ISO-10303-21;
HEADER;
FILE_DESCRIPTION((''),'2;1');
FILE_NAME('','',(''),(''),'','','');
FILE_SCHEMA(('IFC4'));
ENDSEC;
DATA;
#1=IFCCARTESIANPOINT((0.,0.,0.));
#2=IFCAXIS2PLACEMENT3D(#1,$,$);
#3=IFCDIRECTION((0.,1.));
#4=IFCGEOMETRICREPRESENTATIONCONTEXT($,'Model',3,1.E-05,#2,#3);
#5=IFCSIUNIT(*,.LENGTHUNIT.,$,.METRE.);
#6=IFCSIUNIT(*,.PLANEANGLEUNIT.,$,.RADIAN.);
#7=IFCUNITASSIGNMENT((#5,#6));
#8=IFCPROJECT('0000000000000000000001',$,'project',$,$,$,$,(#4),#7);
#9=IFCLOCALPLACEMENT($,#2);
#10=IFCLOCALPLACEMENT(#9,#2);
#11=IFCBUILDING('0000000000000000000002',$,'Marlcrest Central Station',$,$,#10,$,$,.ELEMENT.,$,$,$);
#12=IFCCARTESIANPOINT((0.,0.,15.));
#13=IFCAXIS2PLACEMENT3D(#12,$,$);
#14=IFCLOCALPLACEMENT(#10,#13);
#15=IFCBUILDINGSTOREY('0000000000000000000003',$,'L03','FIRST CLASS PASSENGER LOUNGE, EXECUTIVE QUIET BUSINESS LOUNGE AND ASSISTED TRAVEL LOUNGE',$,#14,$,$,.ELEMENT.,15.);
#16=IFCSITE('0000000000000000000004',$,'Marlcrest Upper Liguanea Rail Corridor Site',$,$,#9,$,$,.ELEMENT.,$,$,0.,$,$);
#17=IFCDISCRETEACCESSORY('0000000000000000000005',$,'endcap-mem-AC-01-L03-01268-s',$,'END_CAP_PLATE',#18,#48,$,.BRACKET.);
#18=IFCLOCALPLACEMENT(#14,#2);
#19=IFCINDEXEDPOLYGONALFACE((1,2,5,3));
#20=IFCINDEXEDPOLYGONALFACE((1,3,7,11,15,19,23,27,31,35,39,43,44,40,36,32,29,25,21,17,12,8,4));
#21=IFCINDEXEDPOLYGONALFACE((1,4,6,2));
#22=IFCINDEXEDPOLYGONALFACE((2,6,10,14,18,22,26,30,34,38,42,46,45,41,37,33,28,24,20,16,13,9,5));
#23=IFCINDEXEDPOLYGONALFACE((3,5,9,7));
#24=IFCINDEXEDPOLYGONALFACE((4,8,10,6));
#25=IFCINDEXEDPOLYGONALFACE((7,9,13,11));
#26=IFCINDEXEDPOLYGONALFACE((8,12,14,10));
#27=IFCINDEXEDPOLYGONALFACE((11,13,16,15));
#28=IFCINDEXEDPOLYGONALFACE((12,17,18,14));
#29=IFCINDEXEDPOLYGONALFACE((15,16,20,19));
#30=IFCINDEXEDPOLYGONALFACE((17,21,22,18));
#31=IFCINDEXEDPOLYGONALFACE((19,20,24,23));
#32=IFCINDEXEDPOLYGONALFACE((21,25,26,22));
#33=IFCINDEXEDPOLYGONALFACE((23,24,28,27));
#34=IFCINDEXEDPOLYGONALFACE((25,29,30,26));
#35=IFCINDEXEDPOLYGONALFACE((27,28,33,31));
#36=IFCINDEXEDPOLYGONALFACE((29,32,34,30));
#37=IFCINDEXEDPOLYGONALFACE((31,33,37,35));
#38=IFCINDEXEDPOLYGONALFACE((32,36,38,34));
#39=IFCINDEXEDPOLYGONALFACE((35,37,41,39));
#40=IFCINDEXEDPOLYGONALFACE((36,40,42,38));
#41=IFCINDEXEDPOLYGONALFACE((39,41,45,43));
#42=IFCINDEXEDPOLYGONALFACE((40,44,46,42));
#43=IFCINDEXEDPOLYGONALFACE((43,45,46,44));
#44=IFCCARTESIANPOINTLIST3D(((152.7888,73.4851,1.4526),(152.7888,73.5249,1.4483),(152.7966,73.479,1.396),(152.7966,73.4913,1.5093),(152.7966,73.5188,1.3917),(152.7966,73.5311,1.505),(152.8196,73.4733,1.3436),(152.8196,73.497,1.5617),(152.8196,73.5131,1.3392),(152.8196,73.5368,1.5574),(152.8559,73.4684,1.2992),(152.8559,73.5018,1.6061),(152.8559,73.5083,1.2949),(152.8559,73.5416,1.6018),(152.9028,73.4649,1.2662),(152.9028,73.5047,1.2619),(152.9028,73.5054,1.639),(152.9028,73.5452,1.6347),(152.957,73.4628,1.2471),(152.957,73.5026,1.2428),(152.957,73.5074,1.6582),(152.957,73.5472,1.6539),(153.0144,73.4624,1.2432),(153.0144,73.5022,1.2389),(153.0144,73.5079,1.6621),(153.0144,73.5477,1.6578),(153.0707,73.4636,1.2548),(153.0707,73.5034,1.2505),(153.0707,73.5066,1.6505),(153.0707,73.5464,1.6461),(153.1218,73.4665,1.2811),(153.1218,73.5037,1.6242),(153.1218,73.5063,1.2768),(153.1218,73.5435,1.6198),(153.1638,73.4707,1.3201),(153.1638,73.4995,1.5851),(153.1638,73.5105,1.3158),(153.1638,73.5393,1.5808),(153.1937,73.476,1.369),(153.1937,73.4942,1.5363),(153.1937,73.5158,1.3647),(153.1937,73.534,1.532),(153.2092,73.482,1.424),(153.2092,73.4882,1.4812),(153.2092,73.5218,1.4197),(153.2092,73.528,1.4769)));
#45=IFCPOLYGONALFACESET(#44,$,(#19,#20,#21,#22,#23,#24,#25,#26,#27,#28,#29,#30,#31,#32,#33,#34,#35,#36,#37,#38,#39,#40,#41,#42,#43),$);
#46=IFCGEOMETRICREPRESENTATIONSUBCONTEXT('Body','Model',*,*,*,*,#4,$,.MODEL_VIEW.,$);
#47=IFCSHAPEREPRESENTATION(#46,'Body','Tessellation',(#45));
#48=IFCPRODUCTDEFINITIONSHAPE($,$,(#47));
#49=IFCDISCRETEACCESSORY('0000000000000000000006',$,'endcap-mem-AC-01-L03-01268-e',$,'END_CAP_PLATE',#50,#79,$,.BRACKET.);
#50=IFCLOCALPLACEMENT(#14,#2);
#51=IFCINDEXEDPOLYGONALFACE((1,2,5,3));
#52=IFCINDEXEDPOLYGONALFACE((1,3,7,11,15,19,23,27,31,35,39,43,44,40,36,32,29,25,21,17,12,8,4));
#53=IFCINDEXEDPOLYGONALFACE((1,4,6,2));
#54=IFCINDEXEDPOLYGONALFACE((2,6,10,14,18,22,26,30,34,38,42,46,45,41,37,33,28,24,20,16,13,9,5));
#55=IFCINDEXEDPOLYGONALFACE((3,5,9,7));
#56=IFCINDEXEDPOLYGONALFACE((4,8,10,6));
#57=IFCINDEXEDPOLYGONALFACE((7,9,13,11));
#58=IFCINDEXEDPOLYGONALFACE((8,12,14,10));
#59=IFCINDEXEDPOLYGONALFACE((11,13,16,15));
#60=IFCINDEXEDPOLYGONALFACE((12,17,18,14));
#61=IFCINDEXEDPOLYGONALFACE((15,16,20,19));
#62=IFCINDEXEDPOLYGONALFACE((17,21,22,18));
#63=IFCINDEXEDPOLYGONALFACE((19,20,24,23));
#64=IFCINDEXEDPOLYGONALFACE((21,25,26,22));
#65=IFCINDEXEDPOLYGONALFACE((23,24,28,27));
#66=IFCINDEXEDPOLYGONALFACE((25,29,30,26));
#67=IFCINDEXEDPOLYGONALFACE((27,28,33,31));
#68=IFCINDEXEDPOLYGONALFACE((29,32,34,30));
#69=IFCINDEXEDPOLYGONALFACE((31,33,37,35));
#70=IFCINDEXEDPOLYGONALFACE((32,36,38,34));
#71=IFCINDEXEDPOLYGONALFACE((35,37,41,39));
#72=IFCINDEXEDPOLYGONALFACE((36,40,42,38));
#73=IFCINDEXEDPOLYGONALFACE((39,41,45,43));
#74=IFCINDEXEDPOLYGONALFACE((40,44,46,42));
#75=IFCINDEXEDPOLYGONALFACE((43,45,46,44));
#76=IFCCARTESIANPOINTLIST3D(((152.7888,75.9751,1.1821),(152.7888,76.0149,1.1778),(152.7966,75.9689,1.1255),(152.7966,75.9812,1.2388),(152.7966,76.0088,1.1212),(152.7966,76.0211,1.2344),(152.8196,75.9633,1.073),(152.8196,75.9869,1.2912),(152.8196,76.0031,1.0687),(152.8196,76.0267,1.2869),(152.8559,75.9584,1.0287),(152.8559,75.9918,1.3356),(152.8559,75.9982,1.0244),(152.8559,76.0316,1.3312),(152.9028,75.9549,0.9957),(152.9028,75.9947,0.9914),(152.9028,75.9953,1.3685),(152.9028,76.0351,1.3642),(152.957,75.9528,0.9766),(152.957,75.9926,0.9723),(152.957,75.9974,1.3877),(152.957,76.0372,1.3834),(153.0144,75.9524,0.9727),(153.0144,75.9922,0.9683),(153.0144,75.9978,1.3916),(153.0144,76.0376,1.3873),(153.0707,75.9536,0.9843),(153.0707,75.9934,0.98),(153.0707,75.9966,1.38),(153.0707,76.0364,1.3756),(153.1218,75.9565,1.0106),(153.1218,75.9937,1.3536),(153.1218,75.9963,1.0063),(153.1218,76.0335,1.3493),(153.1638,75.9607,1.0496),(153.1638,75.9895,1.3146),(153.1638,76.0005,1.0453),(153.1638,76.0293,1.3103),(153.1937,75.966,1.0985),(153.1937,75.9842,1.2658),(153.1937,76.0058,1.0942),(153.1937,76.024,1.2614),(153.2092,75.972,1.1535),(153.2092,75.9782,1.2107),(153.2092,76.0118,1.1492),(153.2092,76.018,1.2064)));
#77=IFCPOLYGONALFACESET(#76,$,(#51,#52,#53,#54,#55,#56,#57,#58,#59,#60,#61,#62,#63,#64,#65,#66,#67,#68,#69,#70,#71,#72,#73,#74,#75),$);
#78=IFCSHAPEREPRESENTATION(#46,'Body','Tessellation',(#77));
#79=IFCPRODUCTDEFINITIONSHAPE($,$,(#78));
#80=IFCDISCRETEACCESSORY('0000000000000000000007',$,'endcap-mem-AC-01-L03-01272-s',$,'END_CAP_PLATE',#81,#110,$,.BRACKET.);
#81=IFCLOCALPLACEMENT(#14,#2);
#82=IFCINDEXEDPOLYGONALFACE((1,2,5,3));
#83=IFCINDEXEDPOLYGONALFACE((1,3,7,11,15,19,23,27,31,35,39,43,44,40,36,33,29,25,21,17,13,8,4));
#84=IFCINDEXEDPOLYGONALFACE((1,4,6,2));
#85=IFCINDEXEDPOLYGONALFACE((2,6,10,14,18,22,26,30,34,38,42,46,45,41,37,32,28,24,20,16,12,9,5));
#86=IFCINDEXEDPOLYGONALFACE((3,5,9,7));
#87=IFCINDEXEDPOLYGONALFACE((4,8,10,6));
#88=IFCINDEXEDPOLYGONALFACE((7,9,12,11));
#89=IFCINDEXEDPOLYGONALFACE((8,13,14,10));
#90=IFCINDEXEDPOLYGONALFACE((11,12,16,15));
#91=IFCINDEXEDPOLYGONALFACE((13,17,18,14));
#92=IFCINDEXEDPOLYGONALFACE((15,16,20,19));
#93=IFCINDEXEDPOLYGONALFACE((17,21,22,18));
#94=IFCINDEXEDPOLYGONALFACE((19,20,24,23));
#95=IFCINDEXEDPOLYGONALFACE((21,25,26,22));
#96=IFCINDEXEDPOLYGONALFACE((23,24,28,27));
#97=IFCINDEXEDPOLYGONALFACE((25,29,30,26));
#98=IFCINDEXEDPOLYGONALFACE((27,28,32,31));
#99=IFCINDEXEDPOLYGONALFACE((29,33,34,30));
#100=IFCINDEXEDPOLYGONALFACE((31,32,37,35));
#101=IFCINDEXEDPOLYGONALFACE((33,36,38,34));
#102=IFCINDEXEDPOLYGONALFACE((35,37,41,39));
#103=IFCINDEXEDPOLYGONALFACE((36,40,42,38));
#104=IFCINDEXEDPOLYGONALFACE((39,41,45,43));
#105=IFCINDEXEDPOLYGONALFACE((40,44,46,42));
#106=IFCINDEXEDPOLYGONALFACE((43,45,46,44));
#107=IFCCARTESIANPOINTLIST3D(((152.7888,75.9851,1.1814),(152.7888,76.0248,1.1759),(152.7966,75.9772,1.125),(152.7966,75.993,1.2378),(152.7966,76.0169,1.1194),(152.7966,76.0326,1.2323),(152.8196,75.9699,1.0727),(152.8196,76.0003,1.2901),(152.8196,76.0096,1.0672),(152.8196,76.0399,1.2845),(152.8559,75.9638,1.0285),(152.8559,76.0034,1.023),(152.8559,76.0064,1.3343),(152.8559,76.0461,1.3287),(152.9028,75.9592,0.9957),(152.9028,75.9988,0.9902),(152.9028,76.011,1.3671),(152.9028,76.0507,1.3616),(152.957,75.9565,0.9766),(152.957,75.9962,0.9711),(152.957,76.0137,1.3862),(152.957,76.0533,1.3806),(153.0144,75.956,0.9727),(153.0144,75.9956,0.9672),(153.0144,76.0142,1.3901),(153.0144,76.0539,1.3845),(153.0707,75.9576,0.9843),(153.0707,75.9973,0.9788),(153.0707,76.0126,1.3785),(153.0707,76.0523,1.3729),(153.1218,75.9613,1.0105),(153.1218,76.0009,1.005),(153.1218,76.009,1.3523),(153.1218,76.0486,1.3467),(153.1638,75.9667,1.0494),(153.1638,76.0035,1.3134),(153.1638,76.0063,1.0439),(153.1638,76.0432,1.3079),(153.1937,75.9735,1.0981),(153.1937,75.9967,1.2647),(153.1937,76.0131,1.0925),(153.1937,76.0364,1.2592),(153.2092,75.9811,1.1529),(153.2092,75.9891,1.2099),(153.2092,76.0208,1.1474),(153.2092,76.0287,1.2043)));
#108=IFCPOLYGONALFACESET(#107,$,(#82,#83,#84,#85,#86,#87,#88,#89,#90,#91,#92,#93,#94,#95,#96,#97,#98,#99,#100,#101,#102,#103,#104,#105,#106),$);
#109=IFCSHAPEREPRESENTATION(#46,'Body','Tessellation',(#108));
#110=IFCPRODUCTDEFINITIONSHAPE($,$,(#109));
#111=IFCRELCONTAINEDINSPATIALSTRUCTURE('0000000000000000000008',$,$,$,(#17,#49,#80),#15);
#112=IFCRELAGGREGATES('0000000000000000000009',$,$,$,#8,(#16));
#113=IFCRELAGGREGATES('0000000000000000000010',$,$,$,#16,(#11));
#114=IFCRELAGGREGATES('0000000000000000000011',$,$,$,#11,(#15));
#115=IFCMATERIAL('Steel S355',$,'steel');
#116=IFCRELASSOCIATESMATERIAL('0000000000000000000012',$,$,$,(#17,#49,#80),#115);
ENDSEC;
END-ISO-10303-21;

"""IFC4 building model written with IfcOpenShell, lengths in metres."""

from ifc_helpers import new_model, si_unit, direction, frame, origin, origin_2d, place, context, subcontext, project, spatial, circle, extrude, material, element, save


model = new_model("IFC4")

# Units and contexts
model_context = context("Model", 3, precision=1e-05, world=origin(), true_north=direction((0.0, 1.0)))
body_context = subcontext(model_context, "Body", "Model", "MODEL_VIEW")
ifc_project = project(units=[si_unit("LENGTHUNIT", "METRE"), si_unit("PLANEANGLEUNIT", "RADIAN")], contexts=[model_context])

# Site, building, storey
site_placement = place(None, origin())
site = spatial("IfcSite", under=ifc_project, at=site_placement, Name="Marlcrest Upper Liguanea Rail Corridor Site", CompositionType="ELEMENT", RefElevation=0.0)
building_placement = place(site_placement, origin())
building = spatial("IfcBuilding", under=site, at=building_placement, Name="Marlcrest Central Station", CompositionType="ELEMENT")
storey_placement = place(building_placement, frame((0.0, 0.0, 15.0)))
storey = spatial("IfcBuildingStorey", under=building, at=storey_placement, Name="L03", Description="FIRST CLASS PASSENGER LOUNGE, EXECUTIVE QUIET BUSINESS LOUNGE AND ASSISTED TRAVEL LOUNGE", CompositionType="ELEMENT", Elevation=15.0)

# Shared definitions
ifc_material_1 = material(Name="Steel S355", Category="steel")

# Discrete accessories
for number, where, z_axis, x_axis, name in (
    (1, (153.0, 73.4851, 1.4526), (0.0, 0.994155, -0.107959), (-1.0, 0.0, 0.0), "endcap-mem-AC-01-L03-01268-s"),
    (2, (153.0, 75.9751, 1.1821), (0.0, 0.994155, -0.107959), (-1.0, 0.0, 0.0), "endcap-mem-AC-01-L03-01268-e"),
    (3, (153.0, 75.9851, 1.1814), (0.0, 0.990403, -0.138211), (-1.0, 0.0, 0.0), "endcap-mem-AC-01-L03-01272-s"),
):
    element("IfcDiscreteAccessory", number, at=place(storey_placement, frame(where, z_axis=z_axis, x_axis=x_axis)), inside=storey, material=ifc_material_1, Name=name, ObjectType="END_CAP_PLATE", PredefinedType="BRACKET", context=body_context, shape_type="SweptSolid", body=[
        extrude(circle(Radius=0.2112, at=origin_2d()), origin(), (0.0, 0.0, 1.0), 0.04),
    ])

save(model, "model.ifc")
